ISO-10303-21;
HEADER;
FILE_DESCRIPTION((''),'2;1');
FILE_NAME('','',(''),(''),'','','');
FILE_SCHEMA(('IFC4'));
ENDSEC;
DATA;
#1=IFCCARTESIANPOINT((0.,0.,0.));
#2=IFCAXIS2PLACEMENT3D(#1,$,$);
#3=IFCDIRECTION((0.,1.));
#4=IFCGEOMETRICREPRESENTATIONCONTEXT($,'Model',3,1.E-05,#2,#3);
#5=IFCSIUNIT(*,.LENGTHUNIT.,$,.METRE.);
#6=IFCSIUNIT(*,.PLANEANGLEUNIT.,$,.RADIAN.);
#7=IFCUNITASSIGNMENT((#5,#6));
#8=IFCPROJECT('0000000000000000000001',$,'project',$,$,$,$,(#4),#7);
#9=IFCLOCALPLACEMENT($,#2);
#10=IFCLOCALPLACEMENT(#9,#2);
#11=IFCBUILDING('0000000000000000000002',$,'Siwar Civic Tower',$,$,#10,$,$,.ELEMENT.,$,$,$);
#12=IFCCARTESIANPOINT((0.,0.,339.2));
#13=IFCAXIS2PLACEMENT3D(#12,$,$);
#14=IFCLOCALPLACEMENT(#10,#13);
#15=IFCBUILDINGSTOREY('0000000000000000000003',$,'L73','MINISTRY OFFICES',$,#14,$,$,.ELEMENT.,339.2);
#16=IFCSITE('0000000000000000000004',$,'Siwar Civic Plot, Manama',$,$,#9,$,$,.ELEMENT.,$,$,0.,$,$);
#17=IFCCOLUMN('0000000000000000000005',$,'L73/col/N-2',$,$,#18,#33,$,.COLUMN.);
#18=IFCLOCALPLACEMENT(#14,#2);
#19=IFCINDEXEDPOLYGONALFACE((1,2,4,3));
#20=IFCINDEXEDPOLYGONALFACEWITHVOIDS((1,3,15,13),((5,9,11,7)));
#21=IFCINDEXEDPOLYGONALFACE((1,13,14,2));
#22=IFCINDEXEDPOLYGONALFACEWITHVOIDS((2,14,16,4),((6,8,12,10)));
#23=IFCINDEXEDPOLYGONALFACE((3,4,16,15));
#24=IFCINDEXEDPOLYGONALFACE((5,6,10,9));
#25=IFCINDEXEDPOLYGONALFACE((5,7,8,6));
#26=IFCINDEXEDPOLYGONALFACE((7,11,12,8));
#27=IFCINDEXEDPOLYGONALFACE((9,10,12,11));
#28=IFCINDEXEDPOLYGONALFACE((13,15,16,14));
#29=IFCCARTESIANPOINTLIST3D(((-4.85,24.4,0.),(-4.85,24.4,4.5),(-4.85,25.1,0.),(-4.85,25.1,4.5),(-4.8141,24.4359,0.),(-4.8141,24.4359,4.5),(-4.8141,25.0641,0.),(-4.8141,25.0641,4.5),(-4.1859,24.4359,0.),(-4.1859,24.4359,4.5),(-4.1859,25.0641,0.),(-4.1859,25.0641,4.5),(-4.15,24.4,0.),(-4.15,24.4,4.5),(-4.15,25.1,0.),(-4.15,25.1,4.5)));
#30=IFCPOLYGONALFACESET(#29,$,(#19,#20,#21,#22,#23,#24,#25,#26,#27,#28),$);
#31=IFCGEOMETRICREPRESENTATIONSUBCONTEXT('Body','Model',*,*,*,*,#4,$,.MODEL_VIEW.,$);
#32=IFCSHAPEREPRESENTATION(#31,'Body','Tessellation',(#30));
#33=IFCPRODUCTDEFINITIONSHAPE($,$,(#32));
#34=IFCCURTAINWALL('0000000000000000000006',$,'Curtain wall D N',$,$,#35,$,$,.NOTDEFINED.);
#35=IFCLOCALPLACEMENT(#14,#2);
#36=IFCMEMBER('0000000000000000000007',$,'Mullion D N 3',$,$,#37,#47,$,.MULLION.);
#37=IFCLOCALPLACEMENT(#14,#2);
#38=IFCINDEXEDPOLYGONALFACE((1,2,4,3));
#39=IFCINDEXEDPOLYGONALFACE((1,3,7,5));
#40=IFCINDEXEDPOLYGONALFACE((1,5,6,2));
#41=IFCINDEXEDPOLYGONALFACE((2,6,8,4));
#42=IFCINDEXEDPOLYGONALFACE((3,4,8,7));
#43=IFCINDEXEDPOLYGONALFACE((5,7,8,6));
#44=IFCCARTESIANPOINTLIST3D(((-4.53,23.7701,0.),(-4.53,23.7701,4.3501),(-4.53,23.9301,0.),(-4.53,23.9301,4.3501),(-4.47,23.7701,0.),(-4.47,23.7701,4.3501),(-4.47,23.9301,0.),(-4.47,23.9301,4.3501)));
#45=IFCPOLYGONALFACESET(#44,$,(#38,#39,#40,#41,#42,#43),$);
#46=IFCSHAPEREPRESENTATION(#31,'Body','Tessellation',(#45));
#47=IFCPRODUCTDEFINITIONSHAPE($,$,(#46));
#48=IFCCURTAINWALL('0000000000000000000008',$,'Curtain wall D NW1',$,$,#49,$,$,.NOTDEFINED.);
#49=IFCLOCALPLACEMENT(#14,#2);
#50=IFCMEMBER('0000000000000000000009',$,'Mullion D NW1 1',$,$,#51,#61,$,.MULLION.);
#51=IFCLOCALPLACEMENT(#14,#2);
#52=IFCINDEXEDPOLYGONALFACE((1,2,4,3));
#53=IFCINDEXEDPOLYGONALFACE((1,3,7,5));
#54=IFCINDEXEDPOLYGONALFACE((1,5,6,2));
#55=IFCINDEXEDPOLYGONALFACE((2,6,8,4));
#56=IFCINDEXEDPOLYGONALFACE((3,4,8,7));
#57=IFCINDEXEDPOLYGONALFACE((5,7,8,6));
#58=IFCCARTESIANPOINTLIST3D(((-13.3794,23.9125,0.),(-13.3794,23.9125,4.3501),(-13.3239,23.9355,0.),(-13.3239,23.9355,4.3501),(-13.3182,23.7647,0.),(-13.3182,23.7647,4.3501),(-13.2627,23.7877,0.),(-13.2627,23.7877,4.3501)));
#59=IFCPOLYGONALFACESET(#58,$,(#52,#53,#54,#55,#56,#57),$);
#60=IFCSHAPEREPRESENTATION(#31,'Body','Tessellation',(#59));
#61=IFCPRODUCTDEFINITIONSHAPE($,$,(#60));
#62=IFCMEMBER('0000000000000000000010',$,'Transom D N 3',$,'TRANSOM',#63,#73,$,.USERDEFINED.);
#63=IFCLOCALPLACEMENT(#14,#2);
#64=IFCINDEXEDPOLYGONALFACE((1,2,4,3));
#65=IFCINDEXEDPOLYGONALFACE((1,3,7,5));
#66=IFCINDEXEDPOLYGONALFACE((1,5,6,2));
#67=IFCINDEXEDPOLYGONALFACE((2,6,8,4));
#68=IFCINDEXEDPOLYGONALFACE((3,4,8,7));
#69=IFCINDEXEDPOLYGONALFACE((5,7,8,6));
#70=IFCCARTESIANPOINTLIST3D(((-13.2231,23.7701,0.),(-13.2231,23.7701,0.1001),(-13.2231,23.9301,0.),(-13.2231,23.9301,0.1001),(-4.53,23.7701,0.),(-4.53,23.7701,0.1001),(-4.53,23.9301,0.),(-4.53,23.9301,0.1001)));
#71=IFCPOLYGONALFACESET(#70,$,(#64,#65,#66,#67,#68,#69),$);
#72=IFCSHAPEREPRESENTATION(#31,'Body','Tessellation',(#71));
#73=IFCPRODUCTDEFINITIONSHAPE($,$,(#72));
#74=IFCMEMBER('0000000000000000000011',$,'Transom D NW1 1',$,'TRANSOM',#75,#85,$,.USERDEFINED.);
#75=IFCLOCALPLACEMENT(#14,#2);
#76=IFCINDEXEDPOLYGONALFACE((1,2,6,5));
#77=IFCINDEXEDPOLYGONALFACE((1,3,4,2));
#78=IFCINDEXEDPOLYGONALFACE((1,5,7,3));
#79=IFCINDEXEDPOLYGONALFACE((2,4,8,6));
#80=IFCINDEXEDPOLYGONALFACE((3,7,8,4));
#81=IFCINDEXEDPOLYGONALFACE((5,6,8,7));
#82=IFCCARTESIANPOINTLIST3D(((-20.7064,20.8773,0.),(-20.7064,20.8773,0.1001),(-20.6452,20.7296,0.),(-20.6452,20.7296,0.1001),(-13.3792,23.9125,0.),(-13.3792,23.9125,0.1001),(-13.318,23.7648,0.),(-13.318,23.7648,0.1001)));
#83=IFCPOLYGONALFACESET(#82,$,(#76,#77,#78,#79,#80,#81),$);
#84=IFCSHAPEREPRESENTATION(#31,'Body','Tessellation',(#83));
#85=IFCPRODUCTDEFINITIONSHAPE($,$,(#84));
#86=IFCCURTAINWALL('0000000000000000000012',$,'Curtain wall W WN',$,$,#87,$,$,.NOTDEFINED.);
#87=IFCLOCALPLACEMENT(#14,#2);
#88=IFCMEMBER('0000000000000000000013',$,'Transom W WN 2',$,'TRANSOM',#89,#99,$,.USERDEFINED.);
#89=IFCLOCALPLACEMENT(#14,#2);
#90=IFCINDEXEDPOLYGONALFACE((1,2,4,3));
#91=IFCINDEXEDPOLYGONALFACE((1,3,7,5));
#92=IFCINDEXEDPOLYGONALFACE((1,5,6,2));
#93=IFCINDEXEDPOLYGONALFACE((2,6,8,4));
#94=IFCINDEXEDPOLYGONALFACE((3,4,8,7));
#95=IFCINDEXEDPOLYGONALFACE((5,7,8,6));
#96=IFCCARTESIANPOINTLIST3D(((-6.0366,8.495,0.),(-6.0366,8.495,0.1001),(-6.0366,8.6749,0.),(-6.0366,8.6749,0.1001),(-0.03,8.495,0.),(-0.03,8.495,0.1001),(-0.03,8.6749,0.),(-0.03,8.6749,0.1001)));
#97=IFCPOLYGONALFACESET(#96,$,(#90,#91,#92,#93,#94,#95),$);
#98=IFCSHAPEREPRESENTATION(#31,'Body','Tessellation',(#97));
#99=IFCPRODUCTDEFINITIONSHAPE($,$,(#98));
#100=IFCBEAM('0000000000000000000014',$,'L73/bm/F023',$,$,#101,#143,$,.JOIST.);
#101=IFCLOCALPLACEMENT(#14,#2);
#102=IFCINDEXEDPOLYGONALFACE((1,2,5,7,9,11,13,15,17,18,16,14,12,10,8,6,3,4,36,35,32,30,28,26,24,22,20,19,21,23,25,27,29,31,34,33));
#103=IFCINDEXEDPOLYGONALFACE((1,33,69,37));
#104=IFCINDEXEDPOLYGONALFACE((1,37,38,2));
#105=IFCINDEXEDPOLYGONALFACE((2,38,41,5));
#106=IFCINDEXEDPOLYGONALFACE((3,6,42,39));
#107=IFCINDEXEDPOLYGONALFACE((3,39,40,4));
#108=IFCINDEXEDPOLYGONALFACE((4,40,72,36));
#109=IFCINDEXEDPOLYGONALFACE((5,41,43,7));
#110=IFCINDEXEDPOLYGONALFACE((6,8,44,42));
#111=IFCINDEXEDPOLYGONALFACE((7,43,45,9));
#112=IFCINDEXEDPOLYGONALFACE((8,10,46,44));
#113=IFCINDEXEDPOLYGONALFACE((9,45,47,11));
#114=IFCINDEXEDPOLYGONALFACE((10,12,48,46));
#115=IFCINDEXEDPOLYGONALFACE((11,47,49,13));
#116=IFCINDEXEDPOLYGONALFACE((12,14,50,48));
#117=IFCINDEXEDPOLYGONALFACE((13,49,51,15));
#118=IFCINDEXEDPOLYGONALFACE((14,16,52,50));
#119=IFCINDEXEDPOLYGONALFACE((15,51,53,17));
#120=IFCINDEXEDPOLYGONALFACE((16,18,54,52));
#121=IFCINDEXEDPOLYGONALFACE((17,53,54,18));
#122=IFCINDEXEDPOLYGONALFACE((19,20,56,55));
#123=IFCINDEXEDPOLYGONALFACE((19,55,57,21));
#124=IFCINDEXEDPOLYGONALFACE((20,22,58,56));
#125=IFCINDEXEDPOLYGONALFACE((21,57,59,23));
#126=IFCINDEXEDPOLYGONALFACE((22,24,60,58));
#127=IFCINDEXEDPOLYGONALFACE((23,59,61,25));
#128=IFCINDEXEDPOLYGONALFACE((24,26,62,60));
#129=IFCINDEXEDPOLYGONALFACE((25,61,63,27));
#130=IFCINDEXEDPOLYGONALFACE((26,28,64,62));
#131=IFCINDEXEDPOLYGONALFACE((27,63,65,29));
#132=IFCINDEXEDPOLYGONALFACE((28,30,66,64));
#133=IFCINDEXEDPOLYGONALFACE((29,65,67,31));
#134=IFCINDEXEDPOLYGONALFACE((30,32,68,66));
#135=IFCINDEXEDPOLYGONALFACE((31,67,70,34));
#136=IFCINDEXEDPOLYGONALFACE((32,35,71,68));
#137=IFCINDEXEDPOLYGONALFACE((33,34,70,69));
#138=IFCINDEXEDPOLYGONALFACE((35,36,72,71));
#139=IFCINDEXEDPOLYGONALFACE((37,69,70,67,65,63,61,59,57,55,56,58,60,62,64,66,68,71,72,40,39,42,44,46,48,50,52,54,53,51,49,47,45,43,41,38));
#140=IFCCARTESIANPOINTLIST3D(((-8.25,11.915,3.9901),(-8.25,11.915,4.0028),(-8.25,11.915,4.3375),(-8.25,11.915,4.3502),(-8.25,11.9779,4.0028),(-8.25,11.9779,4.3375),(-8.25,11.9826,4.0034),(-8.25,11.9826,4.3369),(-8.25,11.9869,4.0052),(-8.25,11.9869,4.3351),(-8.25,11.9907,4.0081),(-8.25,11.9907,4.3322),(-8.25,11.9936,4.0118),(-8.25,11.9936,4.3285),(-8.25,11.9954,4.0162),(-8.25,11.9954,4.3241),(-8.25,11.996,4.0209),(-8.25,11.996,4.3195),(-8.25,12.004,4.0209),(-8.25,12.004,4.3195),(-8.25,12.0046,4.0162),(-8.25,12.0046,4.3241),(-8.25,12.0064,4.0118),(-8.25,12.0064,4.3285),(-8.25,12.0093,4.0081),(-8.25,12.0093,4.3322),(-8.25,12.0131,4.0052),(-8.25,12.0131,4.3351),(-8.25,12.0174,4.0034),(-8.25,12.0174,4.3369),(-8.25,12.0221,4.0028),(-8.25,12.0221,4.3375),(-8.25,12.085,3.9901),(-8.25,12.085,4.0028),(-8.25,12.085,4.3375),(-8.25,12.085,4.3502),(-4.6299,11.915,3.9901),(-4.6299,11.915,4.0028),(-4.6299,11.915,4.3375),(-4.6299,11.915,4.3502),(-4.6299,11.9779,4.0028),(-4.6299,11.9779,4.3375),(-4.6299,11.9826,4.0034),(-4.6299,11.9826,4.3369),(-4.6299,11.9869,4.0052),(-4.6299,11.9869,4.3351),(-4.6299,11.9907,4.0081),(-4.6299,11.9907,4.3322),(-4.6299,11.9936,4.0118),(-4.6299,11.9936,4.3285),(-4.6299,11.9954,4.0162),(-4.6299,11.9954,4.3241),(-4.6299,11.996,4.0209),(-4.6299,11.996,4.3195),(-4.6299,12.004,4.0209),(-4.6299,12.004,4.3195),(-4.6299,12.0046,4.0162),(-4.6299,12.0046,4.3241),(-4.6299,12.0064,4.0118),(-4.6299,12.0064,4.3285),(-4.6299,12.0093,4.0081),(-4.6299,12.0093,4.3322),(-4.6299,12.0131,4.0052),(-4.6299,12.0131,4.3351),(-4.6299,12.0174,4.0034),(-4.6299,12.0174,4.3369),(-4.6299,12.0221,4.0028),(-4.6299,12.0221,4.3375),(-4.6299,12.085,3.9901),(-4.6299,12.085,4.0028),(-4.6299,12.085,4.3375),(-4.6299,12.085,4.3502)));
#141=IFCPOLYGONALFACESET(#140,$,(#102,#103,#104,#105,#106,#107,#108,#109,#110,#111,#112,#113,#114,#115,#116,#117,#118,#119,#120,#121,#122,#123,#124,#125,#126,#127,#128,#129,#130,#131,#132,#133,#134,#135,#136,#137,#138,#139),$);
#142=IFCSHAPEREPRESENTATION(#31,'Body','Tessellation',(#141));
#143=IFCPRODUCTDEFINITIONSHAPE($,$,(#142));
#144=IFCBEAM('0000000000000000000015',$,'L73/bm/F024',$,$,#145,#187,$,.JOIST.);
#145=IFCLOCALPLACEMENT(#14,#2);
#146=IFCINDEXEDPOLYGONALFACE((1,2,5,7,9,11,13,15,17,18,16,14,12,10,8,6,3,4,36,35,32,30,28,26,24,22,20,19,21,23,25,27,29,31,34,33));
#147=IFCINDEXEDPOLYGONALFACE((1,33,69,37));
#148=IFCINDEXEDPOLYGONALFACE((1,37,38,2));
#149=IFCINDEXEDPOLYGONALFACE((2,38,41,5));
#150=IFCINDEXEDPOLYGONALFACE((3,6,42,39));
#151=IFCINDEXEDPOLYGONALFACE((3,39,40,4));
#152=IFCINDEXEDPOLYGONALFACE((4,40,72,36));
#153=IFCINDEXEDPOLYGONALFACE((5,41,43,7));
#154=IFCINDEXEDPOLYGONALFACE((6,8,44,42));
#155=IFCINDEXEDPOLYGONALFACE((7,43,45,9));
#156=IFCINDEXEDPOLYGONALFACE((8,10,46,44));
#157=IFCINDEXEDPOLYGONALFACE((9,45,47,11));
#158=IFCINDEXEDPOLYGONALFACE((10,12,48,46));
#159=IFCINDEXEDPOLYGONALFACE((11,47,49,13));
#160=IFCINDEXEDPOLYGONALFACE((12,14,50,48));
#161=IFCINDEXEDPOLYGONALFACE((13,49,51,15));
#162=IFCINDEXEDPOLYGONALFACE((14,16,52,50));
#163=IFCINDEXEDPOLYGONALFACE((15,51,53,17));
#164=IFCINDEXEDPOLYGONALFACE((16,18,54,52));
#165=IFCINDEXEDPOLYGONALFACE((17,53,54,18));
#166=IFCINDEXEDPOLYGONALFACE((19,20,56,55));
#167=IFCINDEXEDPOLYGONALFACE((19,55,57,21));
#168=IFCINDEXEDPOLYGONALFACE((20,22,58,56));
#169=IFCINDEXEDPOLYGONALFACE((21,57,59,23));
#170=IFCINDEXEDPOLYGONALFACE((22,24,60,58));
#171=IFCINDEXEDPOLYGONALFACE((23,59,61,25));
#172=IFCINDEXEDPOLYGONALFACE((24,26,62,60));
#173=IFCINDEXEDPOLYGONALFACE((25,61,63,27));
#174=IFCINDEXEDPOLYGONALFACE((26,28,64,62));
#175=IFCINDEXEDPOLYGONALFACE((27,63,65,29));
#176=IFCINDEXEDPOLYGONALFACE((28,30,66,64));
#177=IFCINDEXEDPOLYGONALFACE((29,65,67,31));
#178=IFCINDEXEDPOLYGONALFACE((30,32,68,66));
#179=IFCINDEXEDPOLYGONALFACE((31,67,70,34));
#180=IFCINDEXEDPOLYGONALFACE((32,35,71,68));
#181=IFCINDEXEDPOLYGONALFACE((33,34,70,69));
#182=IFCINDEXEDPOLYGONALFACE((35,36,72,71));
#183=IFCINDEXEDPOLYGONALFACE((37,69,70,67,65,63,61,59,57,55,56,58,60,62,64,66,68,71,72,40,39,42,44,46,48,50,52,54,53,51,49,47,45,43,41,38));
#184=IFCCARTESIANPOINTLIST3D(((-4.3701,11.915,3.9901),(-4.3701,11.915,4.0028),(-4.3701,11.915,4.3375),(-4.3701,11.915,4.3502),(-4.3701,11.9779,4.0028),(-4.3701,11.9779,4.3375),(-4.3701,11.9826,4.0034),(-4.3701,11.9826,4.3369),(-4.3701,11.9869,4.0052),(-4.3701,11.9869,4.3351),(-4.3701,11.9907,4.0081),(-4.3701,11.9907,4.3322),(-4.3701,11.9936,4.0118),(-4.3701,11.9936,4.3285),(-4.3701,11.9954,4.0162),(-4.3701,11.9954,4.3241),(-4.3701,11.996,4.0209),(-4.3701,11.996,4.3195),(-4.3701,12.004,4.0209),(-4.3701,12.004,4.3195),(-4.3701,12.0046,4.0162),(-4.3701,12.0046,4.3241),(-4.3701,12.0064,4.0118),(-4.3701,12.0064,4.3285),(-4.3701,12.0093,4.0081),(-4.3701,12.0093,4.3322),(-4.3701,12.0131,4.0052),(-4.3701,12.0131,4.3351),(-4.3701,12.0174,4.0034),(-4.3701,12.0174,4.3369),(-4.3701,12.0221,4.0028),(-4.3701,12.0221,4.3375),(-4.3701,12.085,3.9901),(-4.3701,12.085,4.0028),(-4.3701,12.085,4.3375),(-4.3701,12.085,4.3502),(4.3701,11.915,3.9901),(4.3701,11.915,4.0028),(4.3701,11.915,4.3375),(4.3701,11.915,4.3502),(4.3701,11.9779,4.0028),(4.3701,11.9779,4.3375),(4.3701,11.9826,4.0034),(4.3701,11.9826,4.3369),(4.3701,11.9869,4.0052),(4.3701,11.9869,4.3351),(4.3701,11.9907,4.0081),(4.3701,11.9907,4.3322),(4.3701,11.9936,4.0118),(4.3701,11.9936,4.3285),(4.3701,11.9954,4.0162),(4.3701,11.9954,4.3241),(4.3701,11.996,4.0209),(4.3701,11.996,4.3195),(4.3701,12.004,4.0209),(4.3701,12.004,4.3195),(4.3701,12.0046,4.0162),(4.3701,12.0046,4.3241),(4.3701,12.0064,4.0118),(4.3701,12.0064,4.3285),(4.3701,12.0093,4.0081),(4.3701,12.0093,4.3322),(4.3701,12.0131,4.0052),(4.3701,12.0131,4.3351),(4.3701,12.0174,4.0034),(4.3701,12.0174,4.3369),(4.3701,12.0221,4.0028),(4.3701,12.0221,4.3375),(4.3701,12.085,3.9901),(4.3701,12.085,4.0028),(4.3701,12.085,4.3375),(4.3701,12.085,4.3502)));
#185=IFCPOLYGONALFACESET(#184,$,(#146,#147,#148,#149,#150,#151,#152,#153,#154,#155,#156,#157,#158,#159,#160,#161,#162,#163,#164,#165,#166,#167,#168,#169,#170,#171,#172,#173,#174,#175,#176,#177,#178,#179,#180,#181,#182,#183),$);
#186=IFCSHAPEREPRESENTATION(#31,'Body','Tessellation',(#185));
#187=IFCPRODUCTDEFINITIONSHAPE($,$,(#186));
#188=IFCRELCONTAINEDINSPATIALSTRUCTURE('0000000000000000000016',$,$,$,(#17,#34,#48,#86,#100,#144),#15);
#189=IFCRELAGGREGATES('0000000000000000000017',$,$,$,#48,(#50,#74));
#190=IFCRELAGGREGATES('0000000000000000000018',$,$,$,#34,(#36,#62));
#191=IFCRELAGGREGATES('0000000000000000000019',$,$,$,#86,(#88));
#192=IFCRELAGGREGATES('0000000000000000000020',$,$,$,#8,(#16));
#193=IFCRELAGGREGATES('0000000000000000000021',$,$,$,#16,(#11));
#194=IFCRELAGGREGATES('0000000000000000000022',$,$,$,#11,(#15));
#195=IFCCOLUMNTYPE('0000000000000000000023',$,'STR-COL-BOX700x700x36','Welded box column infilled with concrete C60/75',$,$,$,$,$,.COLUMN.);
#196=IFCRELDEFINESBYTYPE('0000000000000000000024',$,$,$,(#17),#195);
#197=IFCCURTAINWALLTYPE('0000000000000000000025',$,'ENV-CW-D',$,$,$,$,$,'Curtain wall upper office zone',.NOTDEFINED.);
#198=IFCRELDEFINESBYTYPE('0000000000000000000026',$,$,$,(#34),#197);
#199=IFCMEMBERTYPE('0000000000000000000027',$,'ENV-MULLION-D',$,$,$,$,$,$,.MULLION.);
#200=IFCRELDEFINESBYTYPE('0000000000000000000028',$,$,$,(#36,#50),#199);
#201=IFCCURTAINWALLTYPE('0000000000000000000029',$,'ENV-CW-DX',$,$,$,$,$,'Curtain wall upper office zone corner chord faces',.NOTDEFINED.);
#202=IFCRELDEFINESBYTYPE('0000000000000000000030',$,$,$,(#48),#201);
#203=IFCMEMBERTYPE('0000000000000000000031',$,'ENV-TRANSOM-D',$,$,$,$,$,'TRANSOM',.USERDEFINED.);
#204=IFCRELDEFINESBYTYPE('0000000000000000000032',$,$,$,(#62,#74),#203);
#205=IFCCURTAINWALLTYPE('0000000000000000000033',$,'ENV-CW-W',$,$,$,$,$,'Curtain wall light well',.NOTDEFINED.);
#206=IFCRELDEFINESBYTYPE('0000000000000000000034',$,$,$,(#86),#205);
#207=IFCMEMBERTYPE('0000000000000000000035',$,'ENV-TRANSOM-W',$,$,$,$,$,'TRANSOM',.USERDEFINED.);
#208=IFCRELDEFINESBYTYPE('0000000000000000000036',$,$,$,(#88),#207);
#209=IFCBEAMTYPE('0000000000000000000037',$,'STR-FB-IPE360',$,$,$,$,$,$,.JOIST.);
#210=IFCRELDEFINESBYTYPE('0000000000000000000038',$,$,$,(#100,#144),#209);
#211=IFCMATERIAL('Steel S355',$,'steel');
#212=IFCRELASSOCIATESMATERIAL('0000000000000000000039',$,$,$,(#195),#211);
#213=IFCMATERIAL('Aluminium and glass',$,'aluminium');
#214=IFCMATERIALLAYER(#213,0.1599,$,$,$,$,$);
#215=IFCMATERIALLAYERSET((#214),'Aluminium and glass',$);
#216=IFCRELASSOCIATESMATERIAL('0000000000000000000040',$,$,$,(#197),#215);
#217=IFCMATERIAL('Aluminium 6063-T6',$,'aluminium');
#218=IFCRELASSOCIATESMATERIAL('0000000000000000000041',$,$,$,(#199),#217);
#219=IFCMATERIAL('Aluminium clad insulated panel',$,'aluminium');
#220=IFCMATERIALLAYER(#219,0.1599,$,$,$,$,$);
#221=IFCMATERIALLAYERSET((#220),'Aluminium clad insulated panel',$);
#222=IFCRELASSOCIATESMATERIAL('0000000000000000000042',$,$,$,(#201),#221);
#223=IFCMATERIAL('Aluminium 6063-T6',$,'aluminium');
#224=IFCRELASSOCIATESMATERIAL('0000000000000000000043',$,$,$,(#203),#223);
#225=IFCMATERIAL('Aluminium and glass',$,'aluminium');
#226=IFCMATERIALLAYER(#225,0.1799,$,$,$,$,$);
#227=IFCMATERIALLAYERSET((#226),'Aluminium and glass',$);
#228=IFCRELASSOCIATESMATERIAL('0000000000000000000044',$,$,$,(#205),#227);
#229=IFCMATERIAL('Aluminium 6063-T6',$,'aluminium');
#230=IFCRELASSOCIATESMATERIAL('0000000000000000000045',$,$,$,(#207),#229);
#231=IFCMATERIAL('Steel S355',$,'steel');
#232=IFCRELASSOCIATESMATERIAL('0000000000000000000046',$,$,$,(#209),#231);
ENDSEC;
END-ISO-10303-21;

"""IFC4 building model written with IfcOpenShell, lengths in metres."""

from ifc_helpers import new_model, si_unit, direction, frame, origin, origin_2d, place, context, subcontext, project, spatial, rectangle, hollow_rectangle, i_section, extrude, material, layer, layer_set, material_profile, profile_set, type_object, element, aggregate, save


model = new_model("IFC4")

# Units and contexts
model_context = context("Model", 3, precision=1e-05, world=origin(), true_north=direction((0.0, 1.0)))
body_context = subcontext(model_context, "Body", "Model", "MODEL_VIEW")
ifc_project = project(units=[si_unit("LENGTHUNIT", "METRE"), si_unit("PLANEANGLEUNIT", "RADIAN")], contexts=[model_context])

# Site, building, storey
site_placement = place(None, origin())
site = spatial("IfcSite", under=ifc_project, at=site_placement, Name="Siwar Civic Plot, Manama", CompositionType="ELEMENT", RefElevation=0.0)
building_placement = place(site_placement, origin())
building = spatial("IfcBuilding", under=site, at=building_placement, Name="Siwar Civic Tower", CompositionType="ELEMENT")
storey_placement = place(building_placement, frame((0.0, 0.0, 339.2)))
storey = spatial("IfcBuildingStorey", under=building, at=storey_placement, Name="L73", Description="MINISTRY OFFICES", CompositionType="ELEMENT", Elevation=339.2)

# Column
ifc_material_1 = material(Name="Steel S355", Category="steel")
ifc_material_profile_1 = material_profile(ifc_material_1, hollow_rectangle(XDim=0.7, YDim=0.7, WallThickness=0.0359, at=origin_2d()), Name="BOX700x700x36")
ifc_profile_set_1 = profile_set([ifc_material_profile_1], Name="Steel S355")
column_type = type_object("IfcColumnType", Name="STR-COL-BOX700x700x36", Description="Welded box column infilled with concrete C60/75", PredefinedType="COLUMN", material=ifc_profile_set_1)
column_placement = place(storey_placement, frame((-4.5, 24.75, 0.0), z_axis=(0.0, 0.0, 1.0), x_axis=(1.0, 0.0, 0.0)))
element("IfcColumn", 1, at=column_placement, inside=storey, type_object=column_type, Name="L73/col/N-2", PredefinedType="COLUMN", context=body_context, shape_type="SweptSolid", body=[
    extrude(hollow_rectangle(XDim=0.7, YDim=0.7, WallThickness=0.0359, at=origin_2d()), origin(), (0.0, 0.0, 1.0), 4.5),
])

# Curtain walls, members
ifc_material_2 = material(Name="Aluminium and glass", Category="aluminium")
ifc_layer_1 = layer(ifc_material_2, 0.1599)
ifc_layer_set_1 = layer_set([ifc_layer_1], Name="Aluminium and glass")
curtain_wall_type_1 = type_object("IfcCurtainWallType", Name="ENV-CW-D", ElementType="Curtain wall upper office zone", PredefinedType="NOTDEFINED", material=ifc_layer_set_1)
curtain_wall_1_placement = place(storey_placement, origin())
curtain_wall_1 = element("IfcCurtainWall", 2, at=curtain_wall_1_placement, inside=storey, type_object=curtain_wall_type_1, Name="Curtain wall D N", PredefinedType="NOTDEFINED")
ifc_material_3 = material(Name="Aluminium 6063-T6", Category="aluminium")
ifc_material_profile_2 = material_profile(ifc_material_3, rectangle(XDim=0.1599, YDim=0.0601, at=origin_2d()), Name="AL 160x60")
ifc_profile_set_2 = profile_set([ifc_material_profile_2], Name="Aluminium 6063-T6")
member_type_1 = type_object("IfcMemberType", Name="ENV-MULLION-D", PredefinedType="MULLION", material=ifc_profile_set_2)
member_1_placement = place(storey_placement, frame((-4.5, 23.8501, 0.0), z_axis=(0.0, 0.0, 1.0), x_axis=(0.0, -1.0, 0.0)))
member_1 = element("IfcMember", 3, at=member_1_placement, type_object=member_type_1, Name="Mullion D N 3", PredefinedType="MULLION", context=body_context, shape_type="SweptSolid", body=[
    extrude(rectangle(XDim=0.1599, YDim=0.0601, at=origin_2d()), origin(), (0.0, 0.0, 1.0), 4.3501),
])
ifc_material_4 = material(Name="Aluminium clad insulated panel", Category="aluminium")
ifc_layer_2 = layer(ifc_material_4, 0.1599)
ifc_layer_set_2 = layer_set([ifc_layer_2], Name="Aluminium clad insulated panel")
curtain_wall_type_2 = type_object("IfcCurtainWallType", Name="ENV-CW-DX", ElementType="Curtain wall upper office zone corner chord faces", PredefinedType="NOTDEFINED", material=ifc_layer_set_2)
curtain_wall_2_placement = place(storey_placement, origin())
curtain_wall_2 = element("IfcCurtainWall", 4, at=curtain_wall_2_placement, inside=storey, type_object=curtain_wall_type_2, Name="Curtain wall D NW1", PredefinedType="NOTDEFINED")
member_2_placement = place(storey_placement, frame((-13.321, 23.8501, 0.0), z_axis=(0.0, 0.0, 1.0), x_axis=(0.382683, -0.92388, 0.0)))
member_2 = element("IfcMember", 5, at=member_2_placement, type_object=member_type_1, Name="Mullion D NW1 1", PredefinedType="MULLION", context=body_context, shape_type="SweptSolid", body=[
    extrude(rectangle(XDim=0.1599, YDim=0.0601, at=origin_2d()), origin(), (0.0, 0.0, 1.0), 4.3501),
])

# Members
ifc_material_5 = material(Name="Aluminium 6063-T6", Category="aluminium")
ifc_material_profile_3 = material_profile(ifc_material_5, rectangle(XDim=0.1599, YDim=0.1001, at=origin_2d()), Name="AL 160x100")
ifc_profile_set_3 = profile_set([ifc_material_profile_3], Name="Aluminium 6063-T6")
member_type_2 = type_object("IfcMemberType", Name="ENV-TRANSOM-D", ElementType="TRANSOM", PredefinedType="USERDEFINED", material=ifc_profile_set_3)
member_3_placement = place(storey_placement, frame((-4.53, 23.8501, 0.05), z_axis=(-1.0, 0.0, 0.0), x_axis=(0.0, -1.0, 0.0)))
member_3 = element("IfcMember", 6, at=member_3_placement, type_object=member_type_2, Name="Transom D N 3", ObjectType="TRANSOM", PredefinedType="USERDEFINED", context=body_context, shape_type="SweptSolid", body=[
    extrude(rectangle(XDim=0.1599, YDim=0.1001, at=origin_2d()), origin(), (0.0, 0.0, 1.0), 8.6931),
])
member_4_placement = place(storey_placement, frame((-13.3486, 23.8386, 0.05), z_axis=(-0.923873, -0.3827, 0.0), x_axis=(0.3827, -0.923873, 0.0)))
member_4 = element("IfcMember", 7, at=member_4_placement, type_object=member_type_2, Name="Transom D NW1 1", ObjectType="TRANSOM", PredefinedType="USERDEFINED", context=body_context, shape_type="SweptSolid", body=[
    extrude(rectangle(XDim=0.1599, YDim=0.1001, at=origin_2d()), origin(), (0.0, 0.0, 1.0), 7.9309),
])
aggregate(curtain_wall_2, [member_2, member_4])

# Curtain wall, member
ifc_material_6 = material(Name="Aluminium and glass", Category="aluminium")
ifc_layer_3 = layer(ifc_material_6, 0.1799)
ifc_layer_set_3 = layer_set([ifc_layer_3], Name="Aluminium and glass")
curtain_wall_type_3 = type_object("IfcCurtainWallType", Name="ENV-CW-W", ElementType="Curtain wall light well", PredefinedType="NOTDEFINED", material=ifc_layer_set_3)
curtain_wall_3_placement = place(storey_placement, origin())
curtain_wall_3 = element("IfcCurtainWall", 8, at=curtain_wall_3_placement, inside=storey, type_object=curtain_wall_type_3, Name="Curtain wall W WN", PredefinedType="NOTDEFINED")
ifc_material_7 = material(Name="Aluminium 6063-T6", Category="aluminium")
ifc_material_profile_4 = material_profile(ifc_material_7, rectangle(XDim=0.1799, YDim=0.1001, at=origin_2d()), Name="AL 180x100")
ifc_profile_set_4 = profile_set([ifc_material_profile_4], Name="Aluminium 6063-T6")
member_type_3 = type_object("IfcMemberType", Name="ENV-TRANSOM-W", ElementType="TRANSOM", PredefinedType="USERDEFINED", material=ifc_profile_set_4)
member_5_placement = place(storey_placement, frame((-0.03, 8.585, 0.05), z_axis=(-1.0, 0.0, 0.0), x_axis=(0.0, -1.0, 0.0)))
member_5 = element("IfcMember", 9, at=member_5_placement, type_object=member_type_3, Name="Transom W WN 2", ObjectType="TRANSOM", PredefinedType="USERDEFINED", context=body_context, shape_type="SweptSolid", body=[
    extrude(rectangle(XDim=0.1799, YDim=0.1001, at=origin_2d()), origin(), (0.0, 0.0, 1.0), 6.0066),
])

# Beams
ifc_material_8 = material(Name="Steel S355", Category="steel")
ifc_material_profile_5 = material_profile(ifc_material_8, i_section(OverallWidth=0.1699, OverallDepth=0.3601, WebThickness=0.0081, FlangeThickness=0.0127, FilletRadius=0.0181, at=origin_2d()), Name="IPE360")
ifc_profile_set_5 = profile_set([ifc_material_profile_5], Name="Steel S355")
beam_type_1 = type_object("IfcBeamType", Name="STR-FB-IPE360", PredefinedType="JOIST", material=ifc_profile_set_5)
beam_1_placement = place(storey_placement, frame((-8.25, 12.0, 4.1702), z_axis=(1.0, 0.0, 0.0), x_axis=(0.0, 1.0, 0.0)))
element("IfcBeam", 10, at=beam_1_placement, inside=storey, type_object=beam_type_1, Name="L73/bm/F023", PredefinedType="JOIST", context=body_context, shape_type="SweptSolid", body=[
    extrude(i_section(OverallWidth=0.1699, OverallDepth=0.3601, WebThickness=0.0081, FlangeThickness=0.0127, FilletRadius=0.0181, at=origin_2d()), origin(), (0.0, 0.0, 1.0), 3.6201),
])
for number, where, z_axis, x_axis, name in (
    (11, (-4.3701, 12.0, 4.1702), (1.0, 0.0, 0.0), (0.0, 1.0, 0.0), "L73/bm/F024"),
):
    element("IfcBeam", number, at=place(storey_placement, frame(where, z_axis=z_axis, x_axis=x_axis)), inside=storey, type_object=beam_type_1, Name=name, PredefinedType="JOIST", context=body_context, shape_type="SweptSolid", body=[
        extrude(i_section(OverallWidth=0.1699, OverallDepth=0.3601, WebThickness=0.0081, FlangeThickness=0.0127, FilletRadius=0.0181, at=origin_2d()), origin(), (0.0, 0.0, 1.0), 8.7402),
    ])

aggregate(curtain_wall_1, [member_1, member_3])
aggregate(curtain_wall_3, [member_5])

save(model, "model.ifc")
